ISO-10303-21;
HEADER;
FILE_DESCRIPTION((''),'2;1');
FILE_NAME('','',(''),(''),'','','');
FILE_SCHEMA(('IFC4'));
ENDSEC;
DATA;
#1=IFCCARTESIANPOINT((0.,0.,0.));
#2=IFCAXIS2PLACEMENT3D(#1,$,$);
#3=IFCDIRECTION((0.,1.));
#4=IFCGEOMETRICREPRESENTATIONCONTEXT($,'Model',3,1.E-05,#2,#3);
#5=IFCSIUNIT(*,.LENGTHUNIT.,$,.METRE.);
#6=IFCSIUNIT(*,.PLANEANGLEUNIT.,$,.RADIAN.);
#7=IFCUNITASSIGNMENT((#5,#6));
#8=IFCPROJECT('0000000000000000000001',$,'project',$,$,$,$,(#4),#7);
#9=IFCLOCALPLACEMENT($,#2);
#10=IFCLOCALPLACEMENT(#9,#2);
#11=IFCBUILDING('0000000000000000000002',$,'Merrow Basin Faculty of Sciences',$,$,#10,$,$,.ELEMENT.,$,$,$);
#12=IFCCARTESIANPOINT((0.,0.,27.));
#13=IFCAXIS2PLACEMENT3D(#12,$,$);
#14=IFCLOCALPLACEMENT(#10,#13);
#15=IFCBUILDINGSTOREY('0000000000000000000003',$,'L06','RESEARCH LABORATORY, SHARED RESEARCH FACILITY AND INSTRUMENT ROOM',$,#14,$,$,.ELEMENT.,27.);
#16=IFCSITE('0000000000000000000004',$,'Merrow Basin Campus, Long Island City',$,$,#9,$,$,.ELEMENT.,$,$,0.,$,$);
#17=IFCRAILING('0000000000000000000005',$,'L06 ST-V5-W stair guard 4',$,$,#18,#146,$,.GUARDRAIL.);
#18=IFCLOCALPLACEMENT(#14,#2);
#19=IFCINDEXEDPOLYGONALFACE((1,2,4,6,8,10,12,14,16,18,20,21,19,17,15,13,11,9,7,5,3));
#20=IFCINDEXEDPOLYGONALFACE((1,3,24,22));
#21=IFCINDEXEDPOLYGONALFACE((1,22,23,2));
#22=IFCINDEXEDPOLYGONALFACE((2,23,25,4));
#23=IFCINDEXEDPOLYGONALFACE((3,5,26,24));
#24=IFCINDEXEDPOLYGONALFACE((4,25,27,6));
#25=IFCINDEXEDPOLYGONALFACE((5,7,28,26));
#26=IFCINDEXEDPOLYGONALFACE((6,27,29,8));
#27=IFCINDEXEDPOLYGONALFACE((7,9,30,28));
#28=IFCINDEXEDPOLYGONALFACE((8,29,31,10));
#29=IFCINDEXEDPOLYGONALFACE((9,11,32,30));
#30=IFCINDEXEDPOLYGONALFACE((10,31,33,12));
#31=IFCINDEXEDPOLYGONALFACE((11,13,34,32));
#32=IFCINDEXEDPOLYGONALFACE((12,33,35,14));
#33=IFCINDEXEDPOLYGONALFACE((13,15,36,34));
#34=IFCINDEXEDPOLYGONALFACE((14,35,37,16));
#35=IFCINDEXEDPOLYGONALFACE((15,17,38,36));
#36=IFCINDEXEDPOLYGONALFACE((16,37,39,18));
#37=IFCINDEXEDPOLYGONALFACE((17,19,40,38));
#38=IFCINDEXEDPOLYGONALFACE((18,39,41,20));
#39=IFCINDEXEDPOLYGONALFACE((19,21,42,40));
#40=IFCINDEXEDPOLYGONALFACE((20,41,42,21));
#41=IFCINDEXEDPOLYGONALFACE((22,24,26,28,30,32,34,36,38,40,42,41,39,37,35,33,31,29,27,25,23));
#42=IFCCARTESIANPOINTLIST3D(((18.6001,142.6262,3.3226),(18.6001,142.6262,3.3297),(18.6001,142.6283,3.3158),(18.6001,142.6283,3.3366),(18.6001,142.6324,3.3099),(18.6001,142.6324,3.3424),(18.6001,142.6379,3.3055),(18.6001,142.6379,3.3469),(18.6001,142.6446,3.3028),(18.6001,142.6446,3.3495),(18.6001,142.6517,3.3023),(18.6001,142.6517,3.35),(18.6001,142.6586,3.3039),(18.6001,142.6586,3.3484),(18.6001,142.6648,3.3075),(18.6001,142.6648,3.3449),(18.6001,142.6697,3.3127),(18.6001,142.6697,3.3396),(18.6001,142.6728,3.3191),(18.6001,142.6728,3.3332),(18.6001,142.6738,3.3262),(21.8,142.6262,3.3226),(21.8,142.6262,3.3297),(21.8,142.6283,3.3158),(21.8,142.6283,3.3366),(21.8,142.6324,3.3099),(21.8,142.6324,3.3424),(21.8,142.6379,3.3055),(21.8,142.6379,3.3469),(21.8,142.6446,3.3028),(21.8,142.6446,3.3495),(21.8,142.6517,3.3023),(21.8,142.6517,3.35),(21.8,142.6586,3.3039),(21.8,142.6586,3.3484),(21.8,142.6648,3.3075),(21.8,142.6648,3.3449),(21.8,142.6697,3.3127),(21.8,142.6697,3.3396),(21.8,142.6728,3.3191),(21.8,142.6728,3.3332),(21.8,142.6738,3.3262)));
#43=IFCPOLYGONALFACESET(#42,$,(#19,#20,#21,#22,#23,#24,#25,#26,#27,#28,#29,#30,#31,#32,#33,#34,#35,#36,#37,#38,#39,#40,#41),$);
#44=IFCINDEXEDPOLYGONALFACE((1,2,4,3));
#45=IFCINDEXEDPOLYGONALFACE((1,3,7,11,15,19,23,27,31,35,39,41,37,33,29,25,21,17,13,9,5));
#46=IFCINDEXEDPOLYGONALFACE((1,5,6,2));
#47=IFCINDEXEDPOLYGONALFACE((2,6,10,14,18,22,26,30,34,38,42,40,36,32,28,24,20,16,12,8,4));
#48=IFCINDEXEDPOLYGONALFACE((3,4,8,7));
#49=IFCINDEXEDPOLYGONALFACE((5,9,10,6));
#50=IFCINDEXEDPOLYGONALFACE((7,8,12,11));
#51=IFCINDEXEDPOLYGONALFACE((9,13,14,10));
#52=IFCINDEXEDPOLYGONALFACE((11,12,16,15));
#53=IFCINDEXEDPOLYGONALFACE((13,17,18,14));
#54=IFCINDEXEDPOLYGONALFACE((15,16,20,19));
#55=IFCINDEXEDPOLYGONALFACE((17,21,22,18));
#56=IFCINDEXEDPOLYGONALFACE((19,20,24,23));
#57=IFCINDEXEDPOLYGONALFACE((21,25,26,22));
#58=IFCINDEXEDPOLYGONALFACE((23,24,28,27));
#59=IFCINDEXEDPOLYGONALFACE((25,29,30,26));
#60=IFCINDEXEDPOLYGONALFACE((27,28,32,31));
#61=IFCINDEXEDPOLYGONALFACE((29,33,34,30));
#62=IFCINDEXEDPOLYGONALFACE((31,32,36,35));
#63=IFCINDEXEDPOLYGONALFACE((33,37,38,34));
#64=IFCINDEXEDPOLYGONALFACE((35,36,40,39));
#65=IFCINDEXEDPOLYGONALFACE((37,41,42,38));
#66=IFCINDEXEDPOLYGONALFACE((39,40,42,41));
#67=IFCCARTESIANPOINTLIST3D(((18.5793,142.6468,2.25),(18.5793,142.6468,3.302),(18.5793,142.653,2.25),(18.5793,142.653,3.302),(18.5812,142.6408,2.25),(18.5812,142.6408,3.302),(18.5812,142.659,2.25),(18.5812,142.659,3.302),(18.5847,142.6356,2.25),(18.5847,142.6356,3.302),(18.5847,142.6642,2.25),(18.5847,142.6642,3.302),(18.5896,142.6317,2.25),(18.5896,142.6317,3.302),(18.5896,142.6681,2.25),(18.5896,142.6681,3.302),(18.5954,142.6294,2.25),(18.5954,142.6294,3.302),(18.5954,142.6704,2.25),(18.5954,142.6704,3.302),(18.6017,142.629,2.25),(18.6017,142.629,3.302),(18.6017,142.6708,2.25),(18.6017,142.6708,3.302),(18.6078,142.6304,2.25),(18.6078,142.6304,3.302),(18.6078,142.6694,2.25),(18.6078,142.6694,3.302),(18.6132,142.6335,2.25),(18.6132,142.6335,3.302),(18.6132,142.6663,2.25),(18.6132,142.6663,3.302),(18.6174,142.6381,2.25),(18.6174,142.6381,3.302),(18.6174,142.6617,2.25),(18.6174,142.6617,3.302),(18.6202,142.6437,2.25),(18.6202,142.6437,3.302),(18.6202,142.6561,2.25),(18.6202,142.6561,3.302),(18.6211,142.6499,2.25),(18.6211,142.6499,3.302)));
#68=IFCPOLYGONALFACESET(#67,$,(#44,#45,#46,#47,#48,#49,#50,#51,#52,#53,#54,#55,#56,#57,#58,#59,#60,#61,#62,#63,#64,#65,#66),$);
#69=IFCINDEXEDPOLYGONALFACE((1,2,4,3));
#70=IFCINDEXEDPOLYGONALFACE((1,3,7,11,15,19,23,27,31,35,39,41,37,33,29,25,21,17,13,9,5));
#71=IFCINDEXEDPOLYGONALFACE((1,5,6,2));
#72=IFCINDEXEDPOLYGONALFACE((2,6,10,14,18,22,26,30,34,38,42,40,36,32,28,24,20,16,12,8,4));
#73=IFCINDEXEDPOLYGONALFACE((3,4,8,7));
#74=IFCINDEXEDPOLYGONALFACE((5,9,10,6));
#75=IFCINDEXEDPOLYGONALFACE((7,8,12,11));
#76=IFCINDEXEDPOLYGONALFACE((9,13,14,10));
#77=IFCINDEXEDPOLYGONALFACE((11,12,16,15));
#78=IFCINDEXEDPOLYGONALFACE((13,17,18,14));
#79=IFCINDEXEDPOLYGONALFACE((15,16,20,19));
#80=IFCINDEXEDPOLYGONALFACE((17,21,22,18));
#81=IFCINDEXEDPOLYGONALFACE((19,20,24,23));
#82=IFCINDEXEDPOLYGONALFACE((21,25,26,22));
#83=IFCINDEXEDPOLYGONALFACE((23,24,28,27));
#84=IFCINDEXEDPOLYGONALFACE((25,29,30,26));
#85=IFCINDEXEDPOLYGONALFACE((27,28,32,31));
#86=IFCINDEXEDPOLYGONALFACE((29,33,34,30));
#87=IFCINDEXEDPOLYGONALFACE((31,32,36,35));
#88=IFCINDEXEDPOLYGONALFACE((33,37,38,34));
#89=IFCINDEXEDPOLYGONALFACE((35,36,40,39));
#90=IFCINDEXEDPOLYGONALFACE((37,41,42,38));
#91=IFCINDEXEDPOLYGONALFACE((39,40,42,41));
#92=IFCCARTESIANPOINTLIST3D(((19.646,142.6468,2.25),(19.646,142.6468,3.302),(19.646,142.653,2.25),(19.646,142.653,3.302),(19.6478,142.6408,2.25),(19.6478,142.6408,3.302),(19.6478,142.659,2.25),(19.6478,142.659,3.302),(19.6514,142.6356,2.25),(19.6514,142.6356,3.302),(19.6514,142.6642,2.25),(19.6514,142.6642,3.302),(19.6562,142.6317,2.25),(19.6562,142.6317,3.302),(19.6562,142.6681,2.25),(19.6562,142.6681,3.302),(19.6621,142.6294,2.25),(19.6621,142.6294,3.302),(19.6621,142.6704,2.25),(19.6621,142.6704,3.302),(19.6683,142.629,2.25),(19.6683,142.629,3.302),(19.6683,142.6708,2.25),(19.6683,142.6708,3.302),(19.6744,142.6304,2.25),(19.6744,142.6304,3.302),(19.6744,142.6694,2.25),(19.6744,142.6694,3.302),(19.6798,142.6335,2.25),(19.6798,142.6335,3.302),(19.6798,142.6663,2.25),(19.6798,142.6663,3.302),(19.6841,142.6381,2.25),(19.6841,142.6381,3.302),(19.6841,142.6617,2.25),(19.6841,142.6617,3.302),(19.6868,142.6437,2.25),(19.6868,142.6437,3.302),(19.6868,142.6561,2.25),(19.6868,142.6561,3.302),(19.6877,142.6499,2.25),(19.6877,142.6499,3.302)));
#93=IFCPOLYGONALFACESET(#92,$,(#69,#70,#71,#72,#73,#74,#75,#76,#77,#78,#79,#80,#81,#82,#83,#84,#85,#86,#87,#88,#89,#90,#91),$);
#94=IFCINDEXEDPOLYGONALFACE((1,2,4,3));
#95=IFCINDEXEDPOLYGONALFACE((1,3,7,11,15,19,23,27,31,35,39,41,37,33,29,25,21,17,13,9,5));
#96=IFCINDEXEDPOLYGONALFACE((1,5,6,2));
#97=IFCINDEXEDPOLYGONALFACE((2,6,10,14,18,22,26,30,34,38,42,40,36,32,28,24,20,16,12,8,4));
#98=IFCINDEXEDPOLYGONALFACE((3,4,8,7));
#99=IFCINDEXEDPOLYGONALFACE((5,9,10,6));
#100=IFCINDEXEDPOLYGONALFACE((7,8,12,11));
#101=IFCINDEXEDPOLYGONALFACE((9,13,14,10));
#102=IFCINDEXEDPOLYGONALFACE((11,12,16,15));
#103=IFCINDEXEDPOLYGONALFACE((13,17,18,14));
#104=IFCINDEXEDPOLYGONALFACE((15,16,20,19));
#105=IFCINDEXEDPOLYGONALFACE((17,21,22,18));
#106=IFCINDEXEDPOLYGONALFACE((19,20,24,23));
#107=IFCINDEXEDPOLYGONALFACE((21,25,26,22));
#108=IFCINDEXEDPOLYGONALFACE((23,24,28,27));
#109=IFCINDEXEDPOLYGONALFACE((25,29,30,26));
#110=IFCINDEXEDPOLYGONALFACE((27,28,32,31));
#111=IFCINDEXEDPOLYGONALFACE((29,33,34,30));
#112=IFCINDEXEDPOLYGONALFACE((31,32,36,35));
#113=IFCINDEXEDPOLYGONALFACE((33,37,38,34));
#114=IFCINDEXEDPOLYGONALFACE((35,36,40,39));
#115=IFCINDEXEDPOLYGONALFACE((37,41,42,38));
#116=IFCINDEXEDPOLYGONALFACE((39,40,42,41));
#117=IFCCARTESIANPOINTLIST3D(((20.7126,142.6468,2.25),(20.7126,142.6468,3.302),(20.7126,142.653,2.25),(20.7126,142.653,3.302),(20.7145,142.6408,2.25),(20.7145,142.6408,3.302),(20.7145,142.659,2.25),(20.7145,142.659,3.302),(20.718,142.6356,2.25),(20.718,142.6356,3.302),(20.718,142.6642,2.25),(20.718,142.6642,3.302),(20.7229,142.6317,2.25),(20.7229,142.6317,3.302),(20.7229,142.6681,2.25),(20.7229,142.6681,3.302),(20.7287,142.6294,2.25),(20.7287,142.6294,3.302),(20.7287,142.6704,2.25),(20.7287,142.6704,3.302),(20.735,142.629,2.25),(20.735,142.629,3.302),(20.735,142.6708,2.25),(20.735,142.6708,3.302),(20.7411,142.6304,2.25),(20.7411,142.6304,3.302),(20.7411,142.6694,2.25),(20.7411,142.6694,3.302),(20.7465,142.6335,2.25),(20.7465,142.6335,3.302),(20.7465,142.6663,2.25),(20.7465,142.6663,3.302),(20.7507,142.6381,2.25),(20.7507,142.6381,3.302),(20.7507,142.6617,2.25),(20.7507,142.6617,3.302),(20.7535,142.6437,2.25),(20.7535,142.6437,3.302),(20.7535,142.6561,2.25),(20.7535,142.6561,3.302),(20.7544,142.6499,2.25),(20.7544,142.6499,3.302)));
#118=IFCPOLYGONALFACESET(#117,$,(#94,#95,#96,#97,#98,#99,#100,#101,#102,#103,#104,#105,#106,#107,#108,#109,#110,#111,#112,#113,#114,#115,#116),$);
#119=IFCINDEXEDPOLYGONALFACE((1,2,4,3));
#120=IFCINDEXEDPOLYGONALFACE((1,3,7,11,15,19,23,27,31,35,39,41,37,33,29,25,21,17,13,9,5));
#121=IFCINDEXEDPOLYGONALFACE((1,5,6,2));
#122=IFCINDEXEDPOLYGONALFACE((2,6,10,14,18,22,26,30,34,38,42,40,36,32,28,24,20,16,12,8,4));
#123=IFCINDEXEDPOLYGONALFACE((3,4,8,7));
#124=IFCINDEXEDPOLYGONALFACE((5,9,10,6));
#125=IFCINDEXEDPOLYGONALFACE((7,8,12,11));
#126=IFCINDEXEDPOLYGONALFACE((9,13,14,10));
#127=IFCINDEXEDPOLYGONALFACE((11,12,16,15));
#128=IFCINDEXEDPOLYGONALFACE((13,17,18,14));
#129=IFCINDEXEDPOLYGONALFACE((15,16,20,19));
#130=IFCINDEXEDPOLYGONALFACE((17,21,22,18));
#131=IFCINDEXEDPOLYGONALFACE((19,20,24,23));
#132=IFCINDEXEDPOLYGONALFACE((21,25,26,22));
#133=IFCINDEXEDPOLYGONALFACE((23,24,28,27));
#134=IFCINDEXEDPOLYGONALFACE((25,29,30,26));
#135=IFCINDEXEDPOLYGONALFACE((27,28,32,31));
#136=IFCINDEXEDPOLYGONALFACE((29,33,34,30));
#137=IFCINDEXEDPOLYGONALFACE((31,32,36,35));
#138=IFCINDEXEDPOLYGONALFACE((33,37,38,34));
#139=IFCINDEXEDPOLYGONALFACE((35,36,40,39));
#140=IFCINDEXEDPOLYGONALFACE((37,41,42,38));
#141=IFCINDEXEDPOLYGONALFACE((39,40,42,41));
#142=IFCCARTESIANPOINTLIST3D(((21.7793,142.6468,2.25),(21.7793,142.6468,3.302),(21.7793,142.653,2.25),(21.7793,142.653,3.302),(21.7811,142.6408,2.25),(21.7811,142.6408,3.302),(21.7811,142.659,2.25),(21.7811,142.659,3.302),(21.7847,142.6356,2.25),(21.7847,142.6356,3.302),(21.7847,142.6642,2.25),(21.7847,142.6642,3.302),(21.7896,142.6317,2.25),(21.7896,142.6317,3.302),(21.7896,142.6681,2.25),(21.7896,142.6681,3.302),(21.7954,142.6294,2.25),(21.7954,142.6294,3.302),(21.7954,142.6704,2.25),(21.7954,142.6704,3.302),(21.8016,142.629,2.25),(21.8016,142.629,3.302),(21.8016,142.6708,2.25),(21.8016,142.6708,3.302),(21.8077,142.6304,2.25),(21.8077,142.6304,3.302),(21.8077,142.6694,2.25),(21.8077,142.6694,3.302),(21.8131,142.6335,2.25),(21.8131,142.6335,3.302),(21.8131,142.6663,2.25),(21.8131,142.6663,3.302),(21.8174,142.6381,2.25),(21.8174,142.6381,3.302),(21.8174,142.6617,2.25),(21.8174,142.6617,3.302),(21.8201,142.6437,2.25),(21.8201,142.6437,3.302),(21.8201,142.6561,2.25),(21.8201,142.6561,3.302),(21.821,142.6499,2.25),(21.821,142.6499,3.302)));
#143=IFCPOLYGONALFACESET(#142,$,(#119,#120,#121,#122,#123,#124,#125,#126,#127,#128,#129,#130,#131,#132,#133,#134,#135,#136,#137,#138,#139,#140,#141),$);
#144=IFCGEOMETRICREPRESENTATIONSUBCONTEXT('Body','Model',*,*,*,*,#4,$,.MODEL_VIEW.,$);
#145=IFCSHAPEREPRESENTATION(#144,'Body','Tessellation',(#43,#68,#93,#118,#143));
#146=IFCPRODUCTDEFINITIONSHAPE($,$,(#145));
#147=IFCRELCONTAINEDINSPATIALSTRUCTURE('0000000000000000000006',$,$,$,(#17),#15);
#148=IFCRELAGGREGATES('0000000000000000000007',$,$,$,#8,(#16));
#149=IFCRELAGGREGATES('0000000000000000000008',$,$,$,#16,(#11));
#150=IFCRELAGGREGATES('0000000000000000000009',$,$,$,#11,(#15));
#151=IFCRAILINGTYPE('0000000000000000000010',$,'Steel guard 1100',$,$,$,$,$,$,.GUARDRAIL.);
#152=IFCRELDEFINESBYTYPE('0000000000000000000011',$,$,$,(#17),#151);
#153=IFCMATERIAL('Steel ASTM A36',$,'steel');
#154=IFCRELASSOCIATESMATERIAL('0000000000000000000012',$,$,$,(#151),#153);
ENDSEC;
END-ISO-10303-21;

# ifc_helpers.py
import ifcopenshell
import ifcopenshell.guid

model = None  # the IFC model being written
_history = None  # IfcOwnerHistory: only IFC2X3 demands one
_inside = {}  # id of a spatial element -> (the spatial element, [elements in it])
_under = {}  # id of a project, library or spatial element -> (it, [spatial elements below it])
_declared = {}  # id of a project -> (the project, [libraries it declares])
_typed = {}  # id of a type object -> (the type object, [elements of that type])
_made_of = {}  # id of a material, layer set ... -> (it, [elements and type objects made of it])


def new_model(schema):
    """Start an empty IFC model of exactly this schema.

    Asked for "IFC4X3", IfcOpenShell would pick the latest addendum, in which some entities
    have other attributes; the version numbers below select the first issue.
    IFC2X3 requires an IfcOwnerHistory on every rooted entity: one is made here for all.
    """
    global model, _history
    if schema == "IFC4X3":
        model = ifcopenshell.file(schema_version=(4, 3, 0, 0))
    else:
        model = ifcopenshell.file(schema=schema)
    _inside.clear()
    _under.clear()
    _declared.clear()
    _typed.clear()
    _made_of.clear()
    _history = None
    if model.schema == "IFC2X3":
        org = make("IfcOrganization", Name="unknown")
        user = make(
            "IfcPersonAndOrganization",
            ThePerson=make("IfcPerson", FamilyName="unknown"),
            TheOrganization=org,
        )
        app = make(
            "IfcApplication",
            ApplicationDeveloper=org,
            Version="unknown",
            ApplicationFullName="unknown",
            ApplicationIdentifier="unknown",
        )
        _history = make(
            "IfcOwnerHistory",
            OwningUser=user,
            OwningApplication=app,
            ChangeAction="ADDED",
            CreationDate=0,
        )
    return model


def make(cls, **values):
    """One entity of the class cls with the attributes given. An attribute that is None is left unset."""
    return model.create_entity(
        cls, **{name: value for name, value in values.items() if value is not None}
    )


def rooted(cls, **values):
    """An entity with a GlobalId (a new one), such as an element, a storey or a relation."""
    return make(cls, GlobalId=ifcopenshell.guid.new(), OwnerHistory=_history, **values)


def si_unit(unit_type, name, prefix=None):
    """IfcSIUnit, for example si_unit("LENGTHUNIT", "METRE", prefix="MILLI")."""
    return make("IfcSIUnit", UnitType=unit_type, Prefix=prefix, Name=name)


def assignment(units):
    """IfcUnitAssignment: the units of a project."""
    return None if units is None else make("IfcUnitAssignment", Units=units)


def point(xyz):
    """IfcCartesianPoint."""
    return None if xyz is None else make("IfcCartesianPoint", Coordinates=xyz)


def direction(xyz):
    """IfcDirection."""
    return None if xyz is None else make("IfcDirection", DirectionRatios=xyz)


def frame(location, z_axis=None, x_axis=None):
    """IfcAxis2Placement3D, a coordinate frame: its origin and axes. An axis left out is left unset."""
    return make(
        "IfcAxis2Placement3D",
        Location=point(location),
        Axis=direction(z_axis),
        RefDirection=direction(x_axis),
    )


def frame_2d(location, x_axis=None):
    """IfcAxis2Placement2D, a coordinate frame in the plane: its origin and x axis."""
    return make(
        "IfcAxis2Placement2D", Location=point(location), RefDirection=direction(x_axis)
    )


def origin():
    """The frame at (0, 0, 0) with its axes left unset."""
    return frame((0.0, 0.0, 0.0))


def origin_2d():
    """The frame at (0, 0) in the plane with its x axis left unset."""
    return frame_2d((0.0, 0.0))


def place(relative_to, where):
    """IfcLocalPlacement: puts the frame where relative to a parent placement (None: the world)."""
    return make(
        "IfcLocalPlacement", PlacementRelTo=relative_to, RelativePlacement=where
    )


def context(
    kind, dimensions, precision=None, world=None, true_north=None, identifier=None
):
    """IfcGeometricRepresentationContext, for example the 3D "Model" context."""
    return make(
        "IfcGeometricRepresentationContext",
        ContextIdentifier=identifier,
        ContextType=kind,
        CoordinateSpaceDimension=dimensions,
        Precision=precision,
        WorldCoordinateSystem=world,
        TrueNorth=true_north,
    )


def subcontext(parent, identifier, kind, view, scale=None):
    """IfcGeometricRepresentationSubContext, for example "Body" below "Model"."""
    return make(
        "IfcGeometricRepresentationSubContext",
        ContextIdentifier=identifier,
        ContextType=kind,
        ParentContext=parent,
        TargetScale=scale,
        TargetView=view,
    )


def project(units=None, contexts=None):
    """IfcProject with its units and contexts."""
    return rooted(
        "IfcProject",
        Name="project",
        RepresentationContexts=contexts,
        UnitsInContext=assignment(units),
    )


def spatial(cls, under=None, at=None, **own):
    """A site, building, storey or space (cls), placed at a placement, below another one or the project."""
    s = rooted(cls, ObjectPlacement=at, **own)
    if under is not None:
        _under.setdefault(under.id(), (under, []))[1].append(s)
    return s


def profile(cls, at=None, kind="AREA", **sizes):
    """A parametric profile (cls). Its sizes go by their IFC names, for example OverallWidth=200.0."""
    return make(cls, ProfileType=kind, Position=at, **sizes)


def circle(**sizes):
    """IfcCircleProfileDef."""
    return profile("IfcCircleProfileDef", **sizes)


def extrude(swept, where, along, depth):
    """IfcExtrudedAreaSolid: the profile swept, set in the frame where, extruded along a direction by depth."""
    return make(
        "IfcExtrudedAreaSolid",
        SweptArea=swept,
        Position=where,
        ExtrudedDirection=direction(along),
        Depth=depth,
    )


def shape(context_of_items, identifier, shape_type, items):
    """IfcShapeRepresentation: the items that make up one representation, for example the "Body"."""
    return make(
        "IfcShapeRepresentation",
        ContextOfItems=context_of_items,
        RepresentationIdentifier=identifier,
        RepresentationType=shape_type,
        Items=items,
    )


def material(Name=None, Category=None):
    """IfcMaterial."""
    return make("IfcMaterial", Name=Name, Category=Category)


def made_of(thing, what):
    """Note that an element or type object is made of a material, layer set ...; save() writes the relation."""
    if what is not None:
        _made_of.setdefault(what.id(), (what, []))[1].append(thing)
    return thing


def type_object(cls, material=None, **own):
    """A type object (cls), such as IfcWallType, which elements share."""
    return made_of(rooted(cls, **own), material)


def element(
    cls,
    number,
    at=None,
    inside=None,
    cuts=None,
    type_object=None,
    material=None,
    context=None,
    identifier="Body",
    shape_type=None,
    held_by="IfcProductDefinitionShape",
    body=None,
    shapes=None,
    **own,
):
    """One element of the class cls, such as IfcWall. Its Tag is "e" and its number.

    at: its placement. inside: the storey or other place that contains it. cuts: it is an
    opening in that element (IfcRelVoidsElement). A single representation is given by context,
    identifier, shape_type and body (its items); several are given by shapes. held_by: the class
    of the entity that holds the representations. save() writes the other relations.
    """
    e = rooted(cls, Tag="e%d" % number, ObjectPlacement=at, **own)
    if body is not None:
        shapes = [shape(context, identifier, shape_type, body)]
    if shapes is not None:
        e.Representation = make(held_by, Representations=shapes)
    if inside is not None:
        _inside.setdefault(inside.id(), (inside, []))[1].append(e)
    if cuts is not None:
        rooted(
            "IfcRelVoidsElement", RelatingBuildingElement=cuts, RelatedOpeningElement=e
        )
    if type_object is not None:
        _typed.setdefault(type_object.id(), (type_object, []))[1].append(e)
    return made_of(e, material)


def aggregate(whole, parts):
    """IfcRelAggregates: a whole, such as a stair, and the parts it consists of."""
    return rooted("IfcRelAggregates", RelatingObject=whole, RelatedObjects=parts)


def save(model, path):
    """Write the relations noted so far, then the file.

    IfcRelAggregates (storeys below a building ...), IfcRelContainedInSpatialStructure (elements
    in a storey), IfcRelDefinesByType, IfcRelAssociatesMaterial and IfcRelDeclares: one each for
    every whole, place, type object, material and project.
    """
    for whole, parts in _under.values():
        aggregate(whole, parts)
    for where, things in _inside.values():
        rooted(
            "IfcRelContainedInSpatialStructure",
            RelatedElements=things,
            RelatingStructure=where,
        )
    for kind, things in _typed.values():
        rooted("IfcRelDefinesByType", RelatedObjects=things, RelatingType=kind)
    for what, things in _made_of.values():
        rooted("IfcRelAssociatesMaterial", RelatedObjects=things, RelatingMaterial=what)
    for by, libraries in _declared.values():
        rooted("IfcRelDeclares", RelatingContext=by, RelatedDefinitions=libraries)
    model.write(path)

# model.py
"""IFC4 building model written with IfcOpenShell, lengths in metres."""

from ifc_helpers import new_model, si_unit, direction, frame, origin, origin_2d, place, context, subcontext, project, spatial, circle, extrude, material, type_object, element, save


model = new_model("IFC4")

# Units and contexts
model_context = context("Model", 3, precision=1e-05, world=origin(), true_north=direction((0.0, 1.0)))
body_context = subcontext(model_context, "Body", "Model", "MODEL_VIEW")
ifc_project = project(units=[si_unit("LENGTHUNIT", "METRE"), si_unit("PLANEANGLEUNIT", "RADIAN")], contexts=[model_context])

# Site, building, storey
site_placement = place(None, origin())
site = spatial("IfcSite", under=ifc_project, at=site_placement, Name="Merrow Basin Campus, Long Island City", CompositionType="ELEMENT", RefElevation=0.0)
building_placement = place(site_placement, origin())
building = spatial("IfcBuilding", under=site, at=building_placement, Name="Merrow Basin Faculty of Sciences", CompositionType="ELEMENT")
storey_placement = place(building_placement, frame((0.0, 0.0, 27.0)))
storey = spatial("IfcBuildingStorey", under=building, at=storey_placement, Name="L06", Description="RESEARCH LABORATORY, SHARED RESEARCH FACILITY AND INSTRUMENT ROOM", CompositionType="ELEMENT", Elevation=27.0)

# Railing
ifc_material_1 = material(Name="Steel ASTM A36", Category="steel")
railing_type_1 = type_object("IfcRailingType", Name="Steel guard 1100", PredefinedType="GUARDRAIL", material=ifc_material_1)
railing_1_placement = place(storey_placement, frame((18.6001, 142.6499, 2.25)))
element("IfcRailing", 1, at=railing_1_placement, inside=storey, type_object=railing_type_1, Name="L06 ST-V5-W stair guard 4", PredefinedType="GUARDRAIL", context=body_context, shape_type="SweptSolid", body=[
    extrude(circle(Radius=0.0239, at=origin_2d()), frame((0.0, 0.0, 1.0762), z_axis=(1.0, 0.0, 0.0), x_axis=(0.0, 1.0, 0.0)), (0.0, 0.0, 1.0), 3.2),
    extrude(circle(Radius=0.021, at=origin_2d()), origin(), (0.0, 0.0, 1.0), 1.052),
    extrude(circle(Radius=0.021, at=origin_2d()), frame((1.0667, 0.0, 0.0)), (0.0, 0.0, 1.0), 1.052),
    extrude(circle(Radius=0.021, at=origin_2d()), frame((2.1333, 0.0, 0.0)), (0.0, 0.0, 1.0), 1.052),
    extrude(circle(Radius=0.021, at=origin_2d()), frame((3.2, 0.0, 0.0)), (0.0, 0.0, 1.0), 1.052),
])

save(model, "model.ifc")
